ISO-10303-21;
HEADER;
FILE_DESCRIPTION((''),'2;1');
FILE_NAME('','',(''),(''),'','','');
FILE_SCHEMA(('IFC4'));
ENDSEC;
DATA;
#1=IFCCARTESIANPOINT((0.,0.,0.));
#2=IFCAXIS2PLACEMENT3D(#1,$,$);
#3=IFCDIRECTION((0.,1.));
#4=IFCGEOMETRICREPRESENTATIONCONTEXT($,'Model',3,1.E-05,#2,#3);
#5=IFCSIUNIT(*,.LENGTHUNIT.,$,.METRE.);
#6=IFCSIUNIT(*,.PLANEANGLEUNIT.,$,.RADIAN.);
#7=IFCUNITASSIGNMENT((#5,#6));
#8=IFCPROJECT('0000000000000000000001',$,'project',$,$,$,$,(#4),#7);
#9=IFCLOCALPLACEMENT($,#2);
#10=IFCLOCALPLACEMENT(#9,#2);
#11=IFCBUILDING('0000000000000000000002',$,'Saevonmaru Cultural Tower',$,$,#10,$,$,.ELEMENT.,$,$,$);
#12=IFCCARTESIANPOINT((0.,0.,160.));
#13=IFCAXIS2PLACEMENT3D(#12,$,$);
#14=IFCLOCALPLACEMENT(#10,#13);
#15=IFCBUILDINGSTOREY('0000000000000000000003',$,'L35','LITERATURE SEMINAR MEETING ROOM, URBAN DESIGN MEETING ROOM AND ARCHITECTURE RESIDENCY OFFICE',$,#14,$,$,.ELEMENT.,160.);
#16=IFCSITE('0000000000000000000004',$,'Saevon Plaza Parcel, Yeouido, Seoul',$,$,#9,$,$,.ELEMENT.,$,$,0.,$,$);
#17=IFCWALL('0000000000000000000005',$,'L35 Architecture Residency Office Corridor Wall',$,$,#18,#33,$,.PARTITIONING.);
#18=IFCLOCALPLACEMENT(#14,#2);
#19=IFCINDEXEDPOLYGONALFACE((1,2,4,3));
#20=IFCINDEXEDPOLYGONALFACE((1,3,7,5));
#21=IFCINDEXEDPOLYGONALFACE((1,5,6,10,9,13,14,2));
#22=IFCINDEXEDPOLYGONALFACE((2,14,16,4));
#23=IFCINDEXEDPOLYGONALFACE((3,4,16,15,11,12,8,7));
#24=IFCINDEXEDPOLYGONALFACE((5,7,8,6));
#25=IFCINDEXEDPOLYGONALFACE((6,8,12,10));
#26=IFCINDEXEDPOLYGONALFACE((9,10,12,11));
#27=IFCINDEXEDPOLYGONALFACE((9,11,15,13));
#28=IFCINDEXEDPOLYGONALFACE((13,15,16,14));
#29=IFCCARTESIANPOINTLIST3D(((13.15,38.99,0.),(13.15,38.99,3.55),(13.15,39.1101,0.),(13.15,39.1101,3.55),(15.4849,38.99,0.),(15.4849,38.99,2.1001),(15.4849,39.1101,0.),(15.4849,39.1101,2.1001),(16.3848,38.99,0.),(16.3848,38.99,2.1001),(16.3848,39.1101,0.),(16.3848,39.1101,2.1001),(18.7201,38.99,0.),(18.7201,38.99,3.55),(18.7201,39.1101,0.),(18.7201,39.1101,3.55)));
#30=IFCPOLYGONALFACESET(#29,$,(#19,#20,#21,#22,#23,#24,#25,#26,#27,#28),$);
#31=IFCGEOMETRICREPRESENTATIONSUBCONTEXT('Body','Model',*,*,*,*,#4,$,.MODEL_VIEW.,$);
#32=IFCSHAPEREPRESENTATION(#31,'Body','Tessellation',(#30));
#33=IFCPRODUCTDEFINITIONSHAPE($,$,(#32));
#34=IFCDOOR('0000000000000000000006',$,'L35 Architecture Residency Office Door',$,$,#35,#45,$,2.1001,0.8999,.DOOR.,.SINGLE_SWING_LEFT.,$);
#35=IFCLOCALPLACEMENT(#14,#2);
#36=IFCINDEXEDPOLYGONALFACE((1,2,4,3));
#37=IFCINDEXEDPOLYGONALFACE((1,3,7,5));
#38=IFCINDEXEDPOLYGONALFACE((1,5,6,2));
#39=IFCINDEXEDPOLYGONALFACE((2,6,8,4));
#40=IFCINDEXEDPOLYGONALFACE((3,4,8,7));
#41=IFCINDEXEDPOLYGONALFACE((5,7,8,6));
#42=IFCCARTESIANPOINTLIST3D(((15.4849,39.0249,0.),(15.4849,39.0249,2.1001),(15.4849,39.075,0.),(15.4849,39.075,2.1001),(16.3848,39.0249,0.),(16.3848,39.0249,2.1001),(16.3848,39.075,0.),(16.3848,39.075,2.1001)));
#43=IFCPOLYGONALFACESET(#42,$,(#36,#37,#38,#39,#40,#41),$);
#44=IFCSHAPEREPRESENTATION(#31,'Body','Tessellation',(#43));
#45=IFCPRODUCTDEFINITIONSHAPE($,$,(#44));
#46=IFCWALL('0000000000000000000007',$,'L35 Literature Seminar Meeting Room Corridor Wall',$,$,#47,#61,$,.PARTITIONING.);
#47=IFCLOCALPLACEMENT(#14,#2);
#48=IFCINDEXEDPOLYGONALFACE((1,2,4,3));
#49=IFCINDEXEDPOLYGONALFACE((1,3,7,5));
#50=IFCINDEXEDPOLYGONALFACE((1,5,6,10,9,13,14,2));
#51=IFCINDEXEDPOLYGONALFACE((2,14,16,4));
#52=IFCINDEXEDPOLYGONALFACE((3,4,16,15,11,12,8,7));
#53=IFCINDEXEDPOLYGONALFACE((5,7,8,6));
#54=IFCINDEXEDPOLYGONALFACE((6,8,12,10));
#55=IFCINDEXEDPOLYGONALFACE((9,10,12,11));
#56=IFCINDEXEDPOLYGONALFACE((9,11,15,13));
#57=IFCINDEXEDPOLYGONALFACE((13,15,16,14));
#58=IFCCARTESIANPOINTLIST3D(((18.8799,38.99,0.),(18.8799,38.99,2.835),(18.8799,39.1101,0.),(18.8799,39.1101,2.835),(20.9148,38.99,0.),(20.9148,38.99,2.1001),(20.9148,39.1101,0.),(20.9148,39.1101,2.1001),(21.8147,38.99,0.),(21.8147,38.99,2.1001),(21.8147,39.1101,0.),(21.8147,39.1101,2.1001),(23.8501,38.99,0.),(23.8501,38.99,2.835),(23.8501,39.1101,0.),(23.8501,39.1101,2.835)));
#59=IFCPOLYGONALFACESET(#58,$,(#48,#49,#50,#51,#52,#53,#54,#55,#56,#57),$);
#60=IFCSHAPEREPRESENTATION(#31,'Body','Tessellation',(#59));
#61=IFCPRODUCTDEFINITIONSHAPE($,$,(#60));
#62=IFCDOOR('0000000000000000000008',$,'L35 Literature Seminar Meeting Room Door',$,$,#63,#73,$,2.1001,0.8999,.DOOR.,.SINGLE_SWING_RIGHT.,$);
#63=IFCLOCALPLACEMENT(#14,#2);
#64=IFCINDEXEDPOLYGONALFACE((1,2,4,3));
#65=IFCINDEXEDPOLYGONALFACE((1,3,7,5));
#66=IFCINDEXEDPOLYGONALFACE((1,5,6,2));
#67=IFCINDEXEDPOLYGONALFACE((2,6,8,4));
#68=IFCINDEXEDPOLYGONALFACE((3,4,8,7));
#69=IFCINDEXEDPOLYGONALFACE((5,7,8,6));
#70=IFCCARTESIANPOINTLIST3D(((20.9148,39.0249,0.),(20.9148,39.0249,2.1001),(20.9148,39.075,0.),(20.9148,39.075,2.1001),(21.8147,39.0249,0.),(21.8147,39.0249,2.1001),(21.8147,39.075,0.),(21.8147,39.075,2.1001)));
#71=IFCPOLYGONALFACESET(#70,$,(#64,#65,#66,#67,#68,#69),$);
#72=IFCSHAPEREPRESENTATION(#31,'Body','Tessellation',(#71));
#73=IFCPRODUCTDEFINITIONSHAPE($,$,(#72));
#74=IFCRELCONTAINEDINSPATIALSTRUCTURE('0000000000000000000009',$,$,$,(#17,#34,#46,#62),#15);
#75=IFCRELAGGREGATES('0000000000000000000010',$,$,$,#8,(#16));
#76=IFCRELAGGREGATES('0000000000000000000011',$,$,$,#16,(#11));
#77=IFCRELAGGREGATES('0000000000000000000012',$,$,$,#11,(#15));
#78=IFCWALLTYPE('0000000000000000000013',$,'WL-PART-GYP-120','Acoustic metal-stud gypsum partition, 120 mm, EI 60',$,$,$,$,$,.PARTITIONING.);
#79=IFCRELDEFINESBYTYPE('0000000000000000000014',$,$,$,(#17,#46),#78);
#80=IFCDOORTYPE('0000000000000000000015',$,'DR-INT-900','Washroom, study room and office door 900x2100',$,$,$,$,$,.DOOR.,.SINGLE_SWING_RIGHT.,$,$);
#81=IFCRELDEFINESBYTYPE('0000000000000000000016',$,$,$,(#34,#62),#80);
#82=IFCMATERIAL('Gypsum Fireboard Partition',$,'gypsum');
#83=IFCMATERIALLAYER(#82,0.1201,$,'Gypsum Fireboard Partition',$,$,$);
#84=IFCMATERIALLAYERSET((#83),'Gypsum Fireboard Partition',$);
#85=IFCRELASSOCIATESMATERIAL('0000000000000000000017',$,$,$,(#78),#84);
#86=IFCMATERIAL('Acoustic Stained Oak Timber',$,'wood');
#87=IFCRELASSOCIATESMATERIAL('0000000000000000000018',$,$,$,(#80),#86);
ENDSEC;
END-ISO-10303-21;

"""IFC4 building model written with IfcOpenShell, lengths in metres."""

from ifc_helpers import new_model, si_unit, direction, frame, frame_2d, origin, place, context, subcontext, project, spatial, rectangle, extrude, material, layer, layer_set, type_object, element, fill, save


model = new_model("IFC4")

# Units and contexts
model_context = context("Model", 3, precision=1e-05, world=origin(), true_north=direction((0.0, 1.0)))
body_context = subcontext(model_context, "Body", "Model", "MODEL_VIEW")
ifc_project = project(units=[si_unit("LENGTHUNIT", "METRE"), si_unit("PLANEANGLEUNIT", "RADIAN")], contexts=[model_context])

# Site, building, storey
site_placement = place(None, origin())
site = spatial("IfcSite", under=ifc_project, at=site_placement, Name="Saevon Plaza Parcel, Yeouido, Seoul", CompositionType="ELEMENT", RefElevation=0.0)
building_placement = place(site_placement, origin())
building = spatial("IfcBuilding", under=site, at=building_placement, Name="Saevonmaru Cultural Tower", CompositionType="ELEMENT")
storey_placement = place(building_placement, frame((0.0, 0.0, 160.0)))
storey = spatial("IfcBuildingStorey", under=building, at=storey_placement, Name="L35", Description="LITERATURE SEMINAR MEETING ROOM, URBAN DESIGN MEETING ROOM AND ARCHITECTURE RESIDENCY OFFICE", CompositionType="ELEMENT", Elevation=160.0)

# Shared definitions
ifc_material_1 = material(Name="Gypsum Fireboard Partition", Category="gypsum")
ifc_layer_1 = layer(ifc_material_1, 0.1201, Name="Gypsum Fireboard Partition")
ifc_layer_set_1 = layer_set([ifc_layer_1], Name="Gypsum Fireboard Partition")
wall_type_1 = type_object("IfcWallType", Name="WL-PART-GYP-120", Description="Acoustic metal-stud gypsum partition, 120 mm, EI 60", PredefinedType="PARTITIONING", material=ifc_layer_set_1)

# Walls, openings, doors
ifc_material_2 = material(Name="Acoustic Stained Oak Timber", Category="wood")
door_type = type_object("IfcDoorType", Name="DR-INT-900", Description="Washroom, study room and office door 900x2100", OperationType="SINGLE_SWING_RIGHT", PredefinedType="DOOR", material=ifc_material_2)
wall_1_placement = place(storey_placement, frame((13.1499, 39.05, 0.0), z_axis=(0.0, 0.0, 1.0), x_axis=(1.0, 0.0, 0.0)))
wall_1 = element("IfcWall", 1, at=wall_1_placement, inside=storey, type_object=wall_type_1, Name="L35 Architecture Residency Office Corridor Wall", PredefinedType="PARTITIONING", context=body_context, shape_type="SweptSolid", body=[
    extrude(rectangle(XDim=5.5701, YDim=0.1201, at=frame_2d((2.7852, 0.0))), origin(), (0.0, 0.0, 1.0), 3.55),
])
opening_1_placement = place(wall_1_placement, frame((2.335, 0.0, 0.0)))
opening_1 = element("IfcOpeningElement", 2, at=opening_1_placement, cuts=wall_1, PredefinedType="OPENING", context=body_context, shape_type="SweptSolid", body=[
    extrude(rectangle(XDim=0.8999, YDim=2.1001, at=frame_2d((0.45, 1.05))), frame((0.0, 0.0701, 0.0), z_axis=(0.0, -1.0, 0.0), x_axis=(1.0, 0.0, 0.0)), (0.0, 0.0, 1.0), 0.1401),
])
door_1_placement = place(opening_1_placement, origin())
door_1 = element("IfcDoor", 3, at=door_1_placement, inside=storey, type_object=door_type, Name="L35 Architecture Residency Office Door", OperationType="SINGLE_SWING_LEFT", OverallHeight=2.1001, OverallWidth=0.8999, PredefinedType="DOOR", context=body_context, shape_type="SweptSolid", body=[
    extrude(rectangle(XDim=0.8999, YDim=2.1001, at=frame_2d((0.45, 1.05))), frame((0.0, 0.0249, 0.0), z_axis=(0.0, -1.0, 0.0), x_axis=(1.0, 0.0, 0.0)), (0.0, 0.0, 1.0), 0.05),
])
fill(opening_1, door_1)
wall_2_placement = place(storey_placement, frame((18.8799, 39.05, 0.0), z_axis=(0.0, 0.0, 1.0), x_axis=(1.0, 0.0, 0.0)))
wall_2 = element("IfcWall", 4, at=wall_2_placement, inside=storey, type_object=wall_type_1, Name="L35 Literature Seminar Meeting Room Corridor Wall", PredefinedType="PARTITIONING", context=body_context, shape_type="SweptSolid", body=[
    extrude(rectangle(XDim=4.9702, YDim=0.1201, at=frame_2d((2.4851, 0.0))), origin(), (0.0, 0.0, 1.0), 2.835),
])
opening_2_placement = place(wall_2_placement, frame((2.0349, 0.0, 0.0)))
opening_2 = element("IfcOpeningElement", 5, at=opening_2_placement, cuts=wall_2, PredefinedType="OPENING", context=body_context, shape_type="SweptSolid", body=[
    extrude(rectangle(XDim=0.8999, YDim=2.1001, at=frame_2d((0.45, 1.05))), frame((0.0, 0.0701, 0.0), z_axis=(0.0, -1.0, 0.0), x_axis=(1.0, 0.0, 0.0)), (0.0, 0.0, 1.0), 0.1401),
])
door_2_placement = place(opening_2_placement, origin())
door_2 = element("IfcDoor", 6, at=door_2_placement, inside=storey, type_object=door_type, Name="L35 Literature Seminar Meeting Room Door", OperationType="SINGLE_SWING_RIGHT", OverallHeight=2.1001, OverallWidth=0.8999, PredefinedType="DOOR", context=body_context, shape_type="SweptSolid", body=[
    extrude(rectangle(XDim=0.8999, YDim=2.1001, at=frame_2d((0.45, 1.05))), frame((0.0, 0.0249, 0.0), z_axis=(0.0, -1.0, 0.0), x_axis=(1.0, 0.0, 0.0)), (0.0, 0.0, 1.0), 0.05),
])
fill(opening_2, door_2)

save(model, "model.ifc")
